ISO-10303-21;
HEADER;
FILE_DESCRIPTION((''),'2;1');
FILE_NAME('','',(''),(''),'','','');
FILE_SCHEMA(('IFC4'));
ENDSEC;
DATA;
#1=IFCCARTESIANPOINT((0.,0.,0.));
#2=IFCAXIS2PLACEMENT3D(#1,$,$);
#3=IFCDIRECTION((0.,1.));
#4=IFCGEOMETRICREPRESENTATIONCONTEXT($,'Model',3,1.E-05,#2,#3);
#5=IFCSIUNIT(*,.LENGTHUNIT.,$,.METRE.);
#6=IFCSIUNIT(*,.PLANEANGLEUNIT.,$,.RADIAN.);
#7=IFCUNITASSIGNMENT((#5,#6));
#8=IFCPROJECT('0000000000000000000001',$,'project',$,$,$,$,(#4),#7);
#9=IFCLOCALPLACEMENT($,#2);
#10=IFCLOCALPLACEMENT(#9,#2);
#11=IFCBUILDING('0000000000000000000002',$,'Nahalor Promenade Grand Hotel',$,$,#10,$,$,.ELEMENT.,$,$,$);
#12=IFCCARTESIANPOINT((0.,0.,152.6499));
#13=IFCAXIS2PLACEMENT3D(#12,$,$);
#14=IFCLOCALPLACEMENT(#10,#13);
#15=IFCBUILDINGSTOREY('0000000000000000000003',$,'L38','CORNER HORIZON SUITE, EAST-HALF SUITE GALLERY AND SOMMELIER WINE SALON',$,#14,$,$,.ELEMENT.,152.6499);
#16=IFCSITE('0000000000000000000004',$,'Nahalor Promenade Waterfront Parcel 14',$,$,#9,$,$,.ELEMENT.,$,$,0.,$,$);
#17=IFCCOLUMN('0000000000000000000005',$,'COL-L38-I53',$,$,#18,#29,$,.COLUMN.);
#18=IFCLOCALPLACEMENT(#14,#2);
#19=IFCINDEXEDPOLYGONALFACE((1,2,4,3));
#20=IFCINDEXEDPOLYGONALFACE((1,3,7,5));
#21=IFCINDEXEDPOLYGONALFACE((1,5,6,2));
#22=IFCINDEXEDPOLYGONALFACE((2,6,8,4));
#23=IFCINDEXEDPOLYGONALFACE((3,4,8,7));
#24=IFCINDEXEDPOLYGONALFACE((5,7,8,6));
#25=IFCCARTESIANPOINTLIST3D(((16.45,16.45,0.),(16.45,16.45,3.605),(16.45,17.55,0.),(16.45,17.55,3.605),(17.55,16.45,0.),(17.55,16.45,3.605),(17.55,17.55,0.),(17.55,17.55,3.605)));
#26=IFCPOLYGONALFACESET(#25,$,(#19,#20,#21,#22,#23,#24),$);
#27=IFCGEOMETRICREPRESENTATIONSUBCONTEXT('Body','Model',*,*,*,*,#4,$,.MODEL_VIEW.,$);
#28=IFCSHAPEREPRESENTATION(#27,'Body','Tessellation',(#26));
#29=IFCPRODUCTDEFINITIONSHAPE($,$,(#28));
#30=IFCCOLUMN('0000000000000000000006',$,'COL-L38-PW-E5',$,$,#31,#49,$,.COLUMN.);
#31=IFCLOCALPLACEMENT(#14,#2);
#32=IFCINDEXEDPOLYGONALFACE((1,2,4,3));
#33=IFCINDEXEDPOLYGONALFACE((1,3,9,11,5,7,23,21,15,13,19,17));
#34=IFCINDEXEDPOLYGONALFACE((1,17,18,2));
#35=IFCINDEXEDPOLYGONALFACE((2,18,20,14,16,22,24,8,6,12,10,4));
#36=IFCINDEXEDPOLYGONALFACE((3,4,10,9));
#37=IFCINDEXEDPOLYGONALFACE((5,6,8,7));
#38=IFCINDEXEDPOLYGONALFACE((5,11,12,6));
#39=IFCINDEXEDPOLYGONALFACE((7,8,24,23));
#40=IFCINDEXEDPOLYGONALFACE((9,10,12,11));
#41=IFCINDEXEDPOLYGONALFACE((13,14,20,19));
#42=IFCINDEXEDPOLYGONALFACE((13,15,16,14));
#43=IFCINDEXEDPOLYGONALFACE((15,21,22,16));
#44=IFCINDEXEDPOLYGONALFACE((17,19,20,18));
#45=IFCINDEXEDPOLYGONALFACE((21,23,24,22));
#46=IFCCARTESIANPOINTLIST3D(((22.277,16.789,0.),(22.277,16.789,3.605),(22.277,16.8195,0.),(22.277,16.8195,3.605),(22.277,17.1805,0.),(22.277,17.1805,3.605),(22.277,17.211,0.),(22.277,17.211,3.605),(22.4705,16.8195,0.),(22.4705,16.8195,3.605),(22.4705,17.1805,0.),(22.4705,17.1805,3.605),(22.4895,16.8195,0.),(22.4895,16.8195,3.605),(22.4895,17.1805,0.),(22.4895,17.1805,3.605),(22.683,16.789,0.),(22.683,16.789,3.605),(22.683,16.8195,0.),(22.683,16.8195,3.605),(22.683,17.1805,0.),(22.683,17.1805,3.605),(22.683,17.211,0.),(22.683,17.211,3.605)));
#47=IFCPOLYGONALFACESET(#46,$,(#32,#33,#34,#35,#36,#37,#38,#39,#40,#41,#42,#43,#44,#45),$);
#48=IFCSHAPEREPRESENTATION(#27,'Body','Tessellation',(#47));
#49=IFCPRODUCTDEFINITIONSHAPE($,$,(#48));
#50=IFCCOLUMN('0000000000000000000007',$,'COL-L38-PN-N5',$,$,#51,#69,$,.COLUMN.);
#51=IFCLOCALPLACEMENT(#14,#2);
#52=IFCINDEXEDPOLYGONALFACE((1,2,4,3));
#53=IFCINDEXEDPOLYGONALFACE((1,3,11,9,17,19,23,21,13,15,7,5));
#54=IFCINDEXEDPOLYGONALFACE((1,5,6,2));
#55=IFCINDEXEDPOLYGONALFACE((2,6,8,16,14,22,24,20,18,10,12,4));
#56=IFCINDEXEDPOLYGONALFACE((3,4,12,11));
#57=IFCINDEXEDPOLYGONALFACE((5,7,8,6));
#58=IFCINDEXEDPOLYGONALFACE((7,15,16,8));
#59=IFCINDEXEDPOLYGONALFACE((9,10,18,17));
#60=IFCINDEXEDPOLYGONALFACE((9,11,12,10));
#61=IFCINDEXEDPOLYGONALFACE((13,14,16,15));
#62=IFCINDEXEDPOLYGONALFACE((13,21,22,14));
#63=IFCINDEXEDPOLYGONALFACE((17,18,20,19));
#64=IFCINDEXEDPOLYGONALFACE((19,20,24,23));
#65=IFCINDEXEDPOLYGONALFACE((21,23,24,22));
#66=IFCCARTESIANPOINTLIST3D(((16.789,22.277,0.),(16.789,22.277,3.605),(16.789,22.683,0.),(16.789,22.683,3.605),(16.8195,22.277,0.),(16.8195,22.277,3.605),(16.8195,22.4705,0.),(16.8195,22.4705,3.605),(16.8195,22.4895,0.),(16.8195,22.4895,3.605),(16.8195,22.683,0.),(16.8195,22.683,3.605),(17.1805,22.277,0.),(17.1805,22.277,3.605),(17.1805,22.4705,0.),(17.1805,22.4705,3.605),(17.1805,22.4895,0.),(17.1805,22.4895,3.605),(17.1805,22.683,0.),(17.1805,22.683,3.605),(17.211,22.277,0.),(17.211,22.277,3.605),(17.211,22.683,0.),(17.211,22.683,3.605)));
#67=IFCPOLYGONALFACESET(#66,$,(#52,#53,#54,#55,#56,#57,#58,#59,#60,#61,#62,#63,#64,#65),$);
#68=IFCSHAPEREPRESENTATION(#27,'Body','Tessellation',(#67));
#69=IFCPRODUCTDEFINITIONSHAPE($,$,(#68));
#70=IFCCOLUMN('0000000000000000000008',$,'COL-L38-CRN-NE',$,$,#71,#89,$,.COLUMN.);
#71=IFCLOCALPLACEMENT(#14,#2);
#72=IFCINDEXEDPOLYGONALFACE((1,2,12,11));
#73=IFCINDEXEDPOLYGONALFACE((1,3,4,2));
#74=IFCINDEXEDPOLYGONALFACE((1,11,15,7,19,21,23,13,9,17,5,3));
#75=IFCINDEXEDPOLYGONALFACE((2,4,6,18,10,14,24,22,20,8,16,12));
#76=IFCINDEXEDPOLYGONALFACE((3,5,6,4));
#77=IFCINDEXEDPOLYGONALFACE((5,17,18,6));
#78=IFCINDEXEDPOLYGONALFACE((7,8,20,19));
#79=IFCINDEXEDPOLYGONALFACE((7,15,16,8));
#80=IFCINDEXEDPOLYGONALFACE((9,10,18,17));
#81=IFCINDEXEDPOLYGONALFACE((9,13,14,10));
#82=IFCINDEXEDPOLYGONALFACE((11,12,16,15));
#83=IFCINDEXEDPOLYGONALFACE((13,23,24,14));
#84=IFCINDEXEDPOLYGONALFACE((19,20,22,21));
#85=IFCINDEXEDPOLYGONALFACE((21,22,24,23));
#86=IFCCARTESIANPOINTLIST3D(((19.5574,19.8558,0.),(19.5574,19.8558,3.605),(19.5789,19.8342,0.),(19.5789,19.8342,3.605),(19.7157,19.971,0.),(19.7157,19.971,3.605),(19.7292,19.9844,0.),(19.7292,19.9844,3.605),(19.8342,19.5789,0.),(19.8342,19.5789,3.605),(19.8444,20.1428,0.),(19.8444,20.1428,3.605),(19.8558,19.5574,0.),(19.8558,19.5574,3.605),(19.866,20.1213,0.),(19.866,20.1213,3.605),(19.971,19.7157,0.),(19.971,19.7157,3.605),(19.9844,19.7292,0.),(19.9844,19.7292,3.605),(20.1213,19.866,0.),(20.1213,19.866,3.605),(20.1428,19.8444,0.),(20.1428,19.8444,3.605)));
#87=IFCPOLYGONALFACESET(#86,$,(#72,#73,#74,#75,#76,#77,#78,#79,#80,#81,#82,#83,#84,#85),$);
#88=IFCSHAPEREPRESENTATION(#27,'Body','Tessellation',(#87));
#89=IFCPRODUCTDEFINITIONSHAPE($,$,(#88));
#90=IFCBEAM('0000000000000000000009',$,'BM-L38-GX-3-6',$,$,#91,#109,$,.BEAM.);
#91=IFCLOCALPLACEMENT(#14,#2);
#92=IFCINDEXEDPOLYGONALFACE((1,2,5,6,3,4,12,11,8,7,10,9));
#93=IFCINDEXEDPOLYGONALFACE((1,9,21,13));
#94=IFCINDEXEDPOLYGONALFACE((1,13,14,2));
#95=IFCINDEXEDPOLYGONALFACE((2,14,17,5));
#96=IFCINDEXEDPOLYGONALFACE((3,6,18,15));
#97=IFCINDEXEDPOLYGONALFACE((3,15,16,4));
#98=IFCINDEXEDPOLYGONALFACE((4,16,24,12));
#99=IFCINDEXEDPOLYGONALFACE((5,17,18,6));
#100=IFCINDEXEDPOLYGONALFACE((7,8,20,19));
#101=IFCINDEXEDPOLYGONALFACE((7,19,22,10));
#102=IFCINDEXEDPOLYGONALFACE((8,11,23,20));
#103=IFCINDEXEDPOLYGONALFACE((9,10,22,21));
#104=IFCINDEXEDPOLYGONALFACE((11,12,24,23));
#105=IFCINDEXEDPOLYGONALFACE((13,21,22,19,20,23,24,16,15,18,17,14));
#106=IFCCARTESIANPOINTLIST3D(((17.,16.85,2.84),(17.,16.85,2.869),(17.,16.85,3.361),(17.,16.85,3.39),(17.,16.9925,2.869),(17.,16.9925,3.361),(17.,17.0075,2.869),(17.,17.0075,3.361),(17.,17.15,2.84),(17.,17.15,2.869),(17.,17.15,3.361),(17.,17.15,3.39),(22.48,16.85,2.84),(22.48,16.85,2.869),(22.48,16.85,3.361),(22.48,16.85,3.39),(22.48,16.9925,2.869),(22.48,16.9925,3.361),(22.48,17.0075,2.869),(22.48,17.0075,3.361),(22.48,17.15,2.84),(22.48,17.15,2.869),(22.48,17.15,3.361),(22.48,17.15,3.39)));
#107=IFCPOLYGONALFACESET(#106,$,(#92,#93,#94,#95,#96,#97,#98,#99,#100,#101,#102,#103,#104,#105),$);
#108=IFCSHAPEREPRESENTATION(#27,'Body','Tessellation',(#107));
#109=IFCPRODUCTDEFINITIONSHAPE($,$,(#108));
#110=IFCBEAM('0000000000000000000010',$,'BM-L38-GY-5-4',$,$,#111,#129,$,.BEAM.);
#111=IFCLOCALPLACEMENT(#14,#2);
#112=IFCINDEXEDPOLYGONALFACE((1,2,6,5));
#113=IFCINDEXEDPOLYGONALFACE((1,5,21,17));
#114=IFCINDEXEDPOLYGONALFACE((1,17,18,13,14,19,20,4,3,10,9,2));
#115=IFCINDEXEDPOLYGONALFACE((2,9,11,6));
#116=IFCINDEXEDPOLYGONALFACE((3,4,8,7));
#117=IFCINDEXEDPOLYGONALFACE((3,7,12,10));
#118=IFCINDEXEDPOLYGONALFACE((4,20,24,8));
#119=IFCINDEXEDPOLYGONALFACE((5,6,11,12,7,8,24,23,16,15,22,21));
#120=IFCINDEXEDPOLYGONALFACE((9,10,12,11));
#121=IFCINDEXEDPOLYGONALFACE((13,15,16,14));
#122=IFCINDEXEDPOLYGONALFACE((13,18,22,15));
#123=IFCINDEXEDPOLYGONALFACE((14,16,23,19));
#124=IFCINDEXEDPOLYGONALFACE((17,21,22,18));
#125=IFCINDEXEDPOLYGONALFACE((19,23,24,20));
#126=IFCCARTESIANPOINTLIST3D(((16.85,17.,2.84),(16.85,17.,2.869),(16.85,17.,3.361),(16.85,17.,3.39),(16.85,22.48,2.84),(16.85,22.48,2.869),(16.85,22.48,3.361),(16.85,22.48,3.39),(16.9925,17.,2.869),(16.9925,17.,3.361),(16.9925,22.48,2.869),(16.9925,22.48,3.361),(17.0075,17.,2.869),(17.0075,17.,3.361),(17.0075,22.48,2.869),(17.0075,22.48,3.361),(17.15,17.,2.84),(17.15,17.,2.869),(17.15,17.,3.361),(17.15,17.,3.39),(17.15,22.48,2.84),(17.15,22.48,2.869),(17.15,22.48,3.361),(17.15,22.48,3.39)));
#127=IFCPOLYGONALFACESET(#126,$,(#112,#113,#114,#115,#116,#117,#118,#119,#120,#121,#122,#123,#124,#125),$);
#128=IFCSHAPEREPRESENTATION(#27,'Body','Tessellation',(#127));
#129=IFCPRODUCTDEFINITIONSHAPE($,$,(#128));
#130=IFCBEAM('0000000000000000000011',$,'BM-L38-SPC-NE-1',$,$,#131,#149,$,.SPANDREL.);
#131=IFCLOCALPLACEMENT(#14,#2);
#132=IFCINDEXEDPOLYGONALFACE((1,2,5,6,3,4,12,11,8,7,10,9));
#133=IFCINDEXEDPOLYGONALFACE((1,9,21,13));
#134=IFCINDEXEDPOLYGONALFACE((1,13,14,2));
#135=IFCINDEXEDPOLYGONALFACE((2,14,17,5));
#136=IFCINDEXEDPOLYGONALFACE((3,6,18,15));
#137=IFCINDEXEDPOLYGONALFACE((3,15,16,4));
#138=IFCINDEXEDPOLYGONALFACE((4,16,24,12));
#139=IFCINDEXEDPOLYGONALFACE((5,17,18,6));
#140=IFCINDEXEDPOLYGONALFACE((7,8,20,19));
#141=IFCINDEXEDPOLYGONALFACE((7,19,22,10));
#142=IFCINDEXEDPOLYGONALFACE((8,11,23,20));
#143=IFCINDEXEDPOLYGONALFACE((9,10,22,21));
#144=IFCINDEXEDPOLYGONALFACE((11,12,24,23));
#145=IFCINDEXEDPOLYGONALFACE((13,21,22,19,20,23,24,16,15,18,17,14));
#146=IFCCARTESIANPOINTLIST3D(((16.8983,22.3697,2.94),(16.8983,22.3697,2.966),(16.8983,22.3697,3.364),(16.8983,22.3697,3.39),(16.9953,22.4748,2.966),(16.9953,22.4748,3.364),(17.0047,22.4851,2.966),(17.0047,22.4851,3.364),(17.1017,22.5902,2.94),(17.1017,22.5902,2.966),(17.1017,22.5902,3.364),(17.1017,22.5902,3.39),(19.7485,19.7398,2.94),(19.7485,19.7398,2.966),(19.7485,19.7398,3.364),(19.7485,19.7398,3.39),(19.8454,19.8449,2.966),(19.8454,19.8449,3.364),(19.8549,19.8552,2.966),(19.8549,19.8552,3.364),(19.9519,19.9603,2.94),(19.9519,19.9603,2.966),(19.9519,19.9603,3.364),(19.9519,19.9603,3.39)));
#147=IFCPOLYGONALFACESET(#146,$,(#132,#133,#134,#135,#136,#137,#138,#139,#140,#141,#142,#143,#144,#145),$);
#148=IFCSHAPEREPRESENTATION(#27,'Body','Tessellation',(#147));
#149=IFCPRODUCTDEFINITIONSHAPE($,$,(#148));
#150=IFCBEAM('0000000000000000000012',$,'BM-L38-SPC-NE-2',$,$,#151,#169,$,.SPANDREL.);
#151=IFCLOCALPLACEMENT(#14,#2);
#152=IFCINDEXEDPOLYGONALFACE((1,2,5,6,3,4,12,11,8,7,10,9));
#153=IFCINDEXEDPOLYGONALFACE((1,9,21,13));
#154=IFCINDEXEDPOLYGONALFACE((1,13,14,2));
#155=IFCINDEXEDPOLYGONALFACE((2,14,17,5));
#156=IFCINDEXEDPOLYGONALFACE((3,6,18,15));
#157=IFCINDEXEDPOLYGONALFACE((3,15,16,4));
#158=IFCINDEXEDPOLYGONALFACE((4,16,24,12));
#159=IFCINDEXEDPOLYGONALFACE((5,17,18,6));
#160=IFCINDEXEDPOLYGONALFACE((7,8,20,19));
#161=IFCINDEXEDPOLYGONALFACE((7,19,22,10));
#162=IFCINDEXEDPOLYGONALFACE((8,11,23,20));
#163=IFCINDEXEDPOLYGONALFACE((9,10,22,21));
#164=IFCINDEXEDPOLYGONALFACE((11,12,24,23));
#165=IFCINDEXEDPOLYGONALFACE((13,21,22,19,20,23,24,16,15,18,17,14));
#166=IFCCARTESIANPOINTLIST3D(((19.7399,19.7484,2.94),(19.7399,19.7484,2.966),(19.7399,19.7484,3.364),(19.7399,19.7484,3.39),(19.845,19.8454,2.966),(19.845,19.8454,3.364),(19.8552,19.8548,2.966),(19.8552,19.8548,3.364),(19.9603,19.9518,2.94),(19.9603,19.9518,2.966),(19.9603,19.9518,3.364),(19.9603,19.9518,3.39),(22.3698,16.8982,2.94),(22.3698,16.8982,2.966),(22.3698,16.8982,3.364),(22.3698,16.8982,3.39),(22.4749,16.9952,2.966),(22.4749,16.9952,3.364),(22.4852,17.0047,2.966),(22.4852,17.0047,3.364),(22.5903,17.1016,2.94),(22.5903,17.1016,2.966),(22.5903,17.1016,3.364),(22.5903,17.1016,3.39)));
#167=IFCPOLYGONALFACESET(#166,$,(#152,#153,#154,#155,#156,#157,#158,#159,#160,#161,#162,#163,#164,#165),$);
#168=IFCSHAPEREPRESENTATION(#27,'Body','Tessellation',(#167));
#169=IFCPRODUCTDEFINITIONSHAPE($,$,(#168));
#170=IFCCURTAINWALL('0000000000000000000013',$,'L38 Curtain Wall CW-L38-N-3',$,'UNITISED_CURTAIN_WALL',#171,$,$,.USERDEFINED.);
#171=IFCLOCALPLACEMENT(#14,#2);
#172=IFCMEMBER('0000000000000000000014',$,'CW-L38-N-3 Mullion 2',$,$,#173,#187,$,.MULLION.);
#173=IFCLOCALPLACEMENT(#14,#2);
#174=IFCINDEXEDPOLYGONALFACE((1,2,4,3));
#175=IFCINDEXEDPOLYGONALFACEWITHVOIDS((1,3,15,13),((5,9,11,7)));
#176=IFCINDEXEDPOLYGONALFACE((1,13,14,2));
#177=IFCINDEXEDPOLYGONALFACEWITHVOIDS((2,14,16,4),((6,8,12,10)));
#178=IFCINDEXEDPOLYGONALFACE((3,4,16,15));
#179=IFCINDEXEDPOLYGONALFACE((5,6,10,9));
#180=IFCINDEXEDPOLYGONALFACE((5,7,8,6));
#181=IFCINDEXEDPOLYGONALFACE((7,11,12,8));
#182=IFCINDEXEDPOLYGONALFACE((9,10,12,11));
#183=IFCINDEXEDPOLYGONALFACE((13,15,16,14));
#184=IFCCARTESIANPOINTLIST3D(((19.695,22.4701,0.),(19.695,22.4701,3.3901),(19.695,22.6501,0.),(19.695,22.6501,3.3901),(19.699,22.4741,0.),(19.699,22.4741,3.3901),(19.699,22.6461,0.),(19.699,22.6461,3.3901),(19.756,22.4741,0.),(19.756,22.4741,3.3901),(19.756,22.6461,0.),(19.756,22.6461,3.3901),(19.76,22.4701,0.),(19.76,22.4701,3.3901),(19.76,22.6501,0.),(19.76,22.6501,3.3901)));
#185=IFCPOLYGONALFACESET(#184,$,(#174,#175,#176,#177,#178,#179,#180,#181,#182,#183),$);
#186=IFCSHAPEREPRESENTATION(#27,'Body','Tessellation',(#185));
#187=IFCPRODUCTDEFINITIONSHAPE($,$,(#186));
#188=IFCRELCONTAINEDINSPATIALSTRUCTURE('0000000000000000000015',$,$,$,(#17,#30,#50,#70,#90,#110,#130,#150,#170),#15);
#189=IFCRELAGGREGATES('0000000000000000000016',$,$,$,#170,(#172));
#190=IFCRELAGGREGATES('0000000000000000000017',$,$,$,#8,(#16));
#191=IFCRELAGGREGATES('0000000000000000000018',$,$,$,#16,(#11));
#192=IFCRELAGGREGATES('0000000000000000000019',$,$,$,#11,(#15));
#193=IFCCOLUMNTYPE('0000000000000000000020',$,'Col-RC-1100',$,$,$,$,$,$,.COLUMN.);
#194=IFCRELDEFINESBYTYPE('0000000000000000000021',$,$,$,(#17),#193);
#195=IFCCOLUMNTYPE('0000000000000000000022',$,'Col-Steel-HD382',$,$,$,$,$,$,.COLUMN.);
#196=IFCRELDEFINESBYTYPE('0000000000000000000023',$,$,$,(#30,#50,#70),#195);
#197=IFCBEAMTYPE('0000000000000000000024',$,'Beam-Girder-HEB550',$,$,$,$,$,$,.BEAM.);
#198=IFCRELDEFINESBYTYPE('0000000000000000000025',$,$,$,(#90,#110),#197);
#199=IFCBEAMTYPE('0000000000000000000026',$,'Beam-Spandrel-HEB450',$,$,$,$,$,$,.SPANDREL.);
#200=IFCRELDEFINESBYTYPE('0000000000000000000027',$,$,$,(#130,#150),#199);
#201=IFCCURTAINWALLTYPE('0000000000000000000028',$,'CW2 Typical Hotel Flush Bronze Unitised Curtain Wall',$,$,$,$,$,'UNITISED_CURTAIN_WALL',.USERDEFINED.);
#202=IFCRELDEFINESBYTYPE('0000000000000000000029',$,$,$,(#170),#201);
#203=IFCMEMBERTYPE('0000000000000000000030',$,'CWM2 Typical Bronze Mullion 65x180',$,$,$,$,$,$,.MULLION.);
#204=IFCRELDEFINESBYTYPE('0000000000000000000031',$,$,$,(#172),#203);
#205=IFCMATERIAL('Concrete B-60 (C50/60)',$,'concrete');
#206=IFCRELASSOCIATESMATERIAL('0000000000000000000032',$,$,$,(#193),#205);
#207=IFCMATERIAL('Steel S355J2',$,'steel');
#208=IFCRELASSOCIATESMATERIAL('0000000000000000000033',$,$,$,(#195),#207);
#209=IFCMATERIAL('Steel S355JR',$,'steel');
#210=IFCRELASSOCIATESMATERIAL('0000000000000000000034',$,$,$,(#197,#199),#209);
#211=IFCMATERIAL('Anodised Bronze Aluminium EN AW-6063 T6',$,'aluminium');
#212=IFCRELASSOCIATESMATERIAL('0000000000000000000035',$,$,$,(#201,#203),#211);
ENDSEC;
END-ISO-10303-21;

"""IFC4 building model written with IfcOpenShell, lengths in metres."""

from ifc_helpers import new_model, si_unit, direction, frame, origin, origin_2d, place, context, subcontext, project, spatial, rectangle, hollow_rectangle, i_section, extrude, source, transform, mapped, material, material_profile, profile_set, type_object, element, aggregate, save


model = new_model("IFC4")

# Units and contexts
model_context = context("Model", 3, precision=1e-05, world=origin(), true_north=direction((0.0, 1.0)))
body_context = subcontext(model_context, "Body", "Model", "MODEL_VIEW")
ifc_project = project(units=[si_unit("LENGTHUNIT", "METRE"), si_unit("PLANEANGLEUNIT", "RADIAN")], contexts=[model_context])

# Site, building, storey
site_placement = place(None, origin())
site = spatial("IfcSite", under=ifc_project, at=site_placement, Name="Nahalor Promenade Waterfront Parcel 14", CompositionType="ELEMENT", RefElevation=0.0)
building_placement = place(site_placement, origin())
building = spatial("IfcBuilding", under=site, at=building_placement, Name="Nahalor Promenade Grand Hotel", CompositionType="ELEMENT")
storey_placement = place(building_placement, frame((0.0, 0.0, 152.6499)))
storey = spatial("IfcBuildingStorey", under=building, at=storey_placement, Name="L38", Description="CORNER HORIZON SUITE, EAST-HALF SUITE GALLERY AND SOMMELIER WINE SALON", CompositionType="ELEMENT", Elevation=152.6499)

# Columns
ifc_material_1 = material(Name="Concrete B-60 (C50/60)", Category="concrete")
ifc_material_profile_1 = material_profile(ifc_material_1, rectangle(XDim=1.1, YDim=1.1, at=origin_2d()), Name="RC 1100x1100")
ifc_profile_set_1 = profile_set([ifc_material_profile_1], Name="Concrete B-60 (C50/60)")
column_type_1 = type_object("IfcColumnType", Name="Col-RC-1100", PredefinedType="COLUMN", material=ifc_profile_set_1)
shared_shape_1 = source(origin(), body_context, "Body", "SweptSolid", [
    extrude(rectangle(XDim=1.1, YDim=1.1, at=origin_2d()), origin(), (0.0, 0.0, 1.0), 3.605),
])
column_placement = place(storey_placement, frame((17.0, 17.0, 0.0), z_axis=(0.0, 0.0, 1.0), x_axis=(1.0, 0.0, 0.0)))
element("IfcColumn", 1, at=column_placement, inside=storey, type_object=column_type_1, Name="COL-L38-I53", PredefinedType="COLUMN", context=body_context, shape_type="MappedRepresentation", body=[
    mapped(shared_shape_1, transform((0.0, 0.0, 0.0), scale=1.0)),
])
ifc_material_2 = material(Name="Steel S355J2", Category="steel")
ifc_material_profile_2 = material_profile(ifc_material_2, i_section(OverallWidth=0.406, OverallDepth=0.422, WebThickness=0.019, FlangeThickness=0.0305, at=origin_2d()), Name="HD 400x382")
ifc_profile_set_2 = profile_set([ifc_material_profile_2], Name="Steel S355J2")
column_type_2 = type_object("IfcColumnType", Name="Col-Steel-HD382", PredefinedType="COLUMN", material=ifc_profile_set_2)
shared_shape_2 = source(origin(), body_context, "Body", "SweptSolid", [
    extrude(i_section(OverallWidth=0.406, OverallDepth=0.422, WebThickness=0.019, FlangeThickness=0.0305, at=origin_2d()), origin(), (0.0, 0.0, 1.0), 3.605),
])
for number, where, z_axis, x_axis, name in (
    (2, (22.48, 17.0, 0.0), (0.0, 0.0, 1.0), (1.0, 0.0, 0.0), "COL-L38-PW-E5"),
    (3, (17.0, 22.48, 0.0), (0.0, 0.0, 1.0), (0.0, 1.0, 0.0), "COL-L38-PN-N5"),
    (4, (19.8501, 19.8501, 0.0), (0.0, 0.0, 1.0), (0.707107, 0.707107, 0.0), "COL-L38-CRN-NE"),
):
    element("IfcColumn", number, at=place(storey_placement, frame(where, z_axis=z_axis, x_axis=x_axis)), inside=storey, type_object=column_type_2, Name=name, PredefinedType="COLUMN", context=body_context, shape_type="MappedRepresentation", body=[
        mapped(shared_shape_2, transform((0.0, 0.0, 0.0), scale=1.0)),
    ])

# Beams
ifc_material_3 = material(Name="Steel S355JR", Category="steel")
ifc_material_profile_3 = material_profile(ifc_material_3, i_section(OverallWidth=0.3, OverallDepth=0.55, WebThickness=0.015, FlangeThickness=0.029, at=origin_2d()), Name="HEB 550")
ifc_profile_set_3 = profile_set([ifc_material_profile_3], Name="Steel S355JR")
beam_type_1 = type_object("IfcBeamType", Name="Beam-Girder-HEB550", PredefinedType="BEAM", material=ifc_profile_set_3)
shared_shape_3 = source(origin(), body_context, "Body", "SweptSolid", [
    extrude(i_section(OverallWidth=0.3, OverallDepth=0.55, WebThickness=0.015, FlangeThickness=0.029, at=origin_2d()), origin(), (0.0, 0.0, 1.0), 5.48),
])
for number, where, z_axis, x_axis, name in (
    (5, (17.0, 17.0, 3.115), (1.0, 0.0, 0.0), (0.0, 1.0, 0.0), "BM-L38-GX-3-6"),
    (6, (17.0, 17.0, 3.115), (0.0, 1.0, 0.0), (-1.0, 0.0, 0.0), "BM-L38-GY-5-4"),
):
    element("IfcBeam", number, at=place(storey_placement, frame(where, z_axis=z_axis, x_axis=x_axis)), inside=storey, type_object=beam_type_1, Name=name, PredefinedType="BEAM", context=body_context, shape_type="MappedRepresentation", body=[
        mapped(shared_shape_3, transform((0.0, 0.0, 0.0), scale=1.0)),
    ])
ifc_material_profile_4 = material_profile(ifc_material_3, i_section(OverallWidth=0.3, OverallDepth=0.45, WebThickness=0.014, FlangeThickness=0.026, at=origin_2d()), Name="HEB 450")
ifc_profile_set_4 = profile_set([ifc_material_profile_4], Name="Steel S355JR")
beam_type_2 = type_object("IfcBeamType", Name="Beam-Spandrel-HEB450", PredefinedType="SPANDREL", material=ifc_profile_set_4)
shared_shape_4 = source(origin(), body_context, "Body", "SweptSolid", [
    extrude(i_section(OverallWidth=0.3, OverallDepth=0.45, WebThickness=0.014, FlangeThickness=0.026, at=origin_2d()), origin(), (0.0, 0.0, 1.0), 3.8782),
])
for number, where, z_axis, x_axis, name in (
    (7, (17.0, 22.48, 3.165), (0.734929, -0.678144, 0.0), (0.678144, 0.734929, 0.0), "BM-L38-SPC-NE-1"),
    (8, (19.8501, 19.8501, 3.165), (0.678144, -0.734929, 0.0), (0.734929, 0.678144, 0.0), "BM-L38-SPC-NE-2"),
):
    element("IfcBeam", number, at=place(storey_placement, frame(where, z_axis=z_axis, x_axis=x_axis)), inside=storey, type_object=beam_type_2, Name=name, PredefinedType="SPANDREL", context=body_context, shape_type="MappedRepresentation", body=[
        mapped(shared_shape_4, transform((0.0, 0.0, 0.0), scale=1.0)),
    ])

# Curtain wall, member
ifc_material_4 = material(Name="Anodised Bronze Aluminium EN AW-6063 T6", Category="aluminium")
curtain_wall_type = type_object("IfcCurtainWallType", Name="CW2 Typical Hotel Flush Bronze Unitised Curtain Wall", ElementType="UNITISED_CURTAIN_WALL", PredefinedType="USERDEFINED", material=ifc_material_4)
curtain_wall_1_placement = place(storey_placement, origin())
curtain_wall_1 = element("IfcCurtainWall", 9, at=curtain_wall_1_placement, inside=storey, type_object=curtain_wall_type, Name="L38 Curtain Wall CW-L38-N-3", ObjectType="UNITISED_CURTAIN_WALL", PredefinedType="USERDEFINED")
ifc_material_profile_5 = material_profile(ifc_material_4, hollow_rectangle(XDim=0.065, YDim=0.18, WallThickness=0.004, at=origin_2d()), Name="CWM 65x180x4")
ifc_profile_set_5 = profile_set([ifc_material_profile_5], Name="Anodised Bronze Aluminium EN AW-6063 T6")
member_type = type_object("IfcMemberType", Name="CWM2 Typical Bronze Mullion 65x180", PredefinedType="MULLION", material=ifc_profile_set_5)
shared_shape_5 = source(origin(), body_context, "Body", "SweptSolid", [
    extrude(hollow_rectangle(XDim=0.065, YDim=0.18, WallThickness=0.004, at=origin_2d()), origin(), (0.0, 0.0, 1.0), 3.3901),
])
member_1_placement = place(storey_placement, frame((19.7275, 22.5601, 0.0), z_axis=(0.0, 0.0, 1.0), x_axis=(1.0, 0.0, 0.0)))
member_1 = element("IfcMember", 10, at=member_1_placement, type_object=member_type, Name="CW-L38-N-3 Mullion 2", PredefinedType="MULLION", context=body_context, shape_type="MappedRepresentation", body=[
    mapped(shared_shape_5, transform((0.0, 0.0, 0.0), scale=1.0)),
])

aggregate(curtain_wall_1, [member_1])

save(model, "model.ifc")
